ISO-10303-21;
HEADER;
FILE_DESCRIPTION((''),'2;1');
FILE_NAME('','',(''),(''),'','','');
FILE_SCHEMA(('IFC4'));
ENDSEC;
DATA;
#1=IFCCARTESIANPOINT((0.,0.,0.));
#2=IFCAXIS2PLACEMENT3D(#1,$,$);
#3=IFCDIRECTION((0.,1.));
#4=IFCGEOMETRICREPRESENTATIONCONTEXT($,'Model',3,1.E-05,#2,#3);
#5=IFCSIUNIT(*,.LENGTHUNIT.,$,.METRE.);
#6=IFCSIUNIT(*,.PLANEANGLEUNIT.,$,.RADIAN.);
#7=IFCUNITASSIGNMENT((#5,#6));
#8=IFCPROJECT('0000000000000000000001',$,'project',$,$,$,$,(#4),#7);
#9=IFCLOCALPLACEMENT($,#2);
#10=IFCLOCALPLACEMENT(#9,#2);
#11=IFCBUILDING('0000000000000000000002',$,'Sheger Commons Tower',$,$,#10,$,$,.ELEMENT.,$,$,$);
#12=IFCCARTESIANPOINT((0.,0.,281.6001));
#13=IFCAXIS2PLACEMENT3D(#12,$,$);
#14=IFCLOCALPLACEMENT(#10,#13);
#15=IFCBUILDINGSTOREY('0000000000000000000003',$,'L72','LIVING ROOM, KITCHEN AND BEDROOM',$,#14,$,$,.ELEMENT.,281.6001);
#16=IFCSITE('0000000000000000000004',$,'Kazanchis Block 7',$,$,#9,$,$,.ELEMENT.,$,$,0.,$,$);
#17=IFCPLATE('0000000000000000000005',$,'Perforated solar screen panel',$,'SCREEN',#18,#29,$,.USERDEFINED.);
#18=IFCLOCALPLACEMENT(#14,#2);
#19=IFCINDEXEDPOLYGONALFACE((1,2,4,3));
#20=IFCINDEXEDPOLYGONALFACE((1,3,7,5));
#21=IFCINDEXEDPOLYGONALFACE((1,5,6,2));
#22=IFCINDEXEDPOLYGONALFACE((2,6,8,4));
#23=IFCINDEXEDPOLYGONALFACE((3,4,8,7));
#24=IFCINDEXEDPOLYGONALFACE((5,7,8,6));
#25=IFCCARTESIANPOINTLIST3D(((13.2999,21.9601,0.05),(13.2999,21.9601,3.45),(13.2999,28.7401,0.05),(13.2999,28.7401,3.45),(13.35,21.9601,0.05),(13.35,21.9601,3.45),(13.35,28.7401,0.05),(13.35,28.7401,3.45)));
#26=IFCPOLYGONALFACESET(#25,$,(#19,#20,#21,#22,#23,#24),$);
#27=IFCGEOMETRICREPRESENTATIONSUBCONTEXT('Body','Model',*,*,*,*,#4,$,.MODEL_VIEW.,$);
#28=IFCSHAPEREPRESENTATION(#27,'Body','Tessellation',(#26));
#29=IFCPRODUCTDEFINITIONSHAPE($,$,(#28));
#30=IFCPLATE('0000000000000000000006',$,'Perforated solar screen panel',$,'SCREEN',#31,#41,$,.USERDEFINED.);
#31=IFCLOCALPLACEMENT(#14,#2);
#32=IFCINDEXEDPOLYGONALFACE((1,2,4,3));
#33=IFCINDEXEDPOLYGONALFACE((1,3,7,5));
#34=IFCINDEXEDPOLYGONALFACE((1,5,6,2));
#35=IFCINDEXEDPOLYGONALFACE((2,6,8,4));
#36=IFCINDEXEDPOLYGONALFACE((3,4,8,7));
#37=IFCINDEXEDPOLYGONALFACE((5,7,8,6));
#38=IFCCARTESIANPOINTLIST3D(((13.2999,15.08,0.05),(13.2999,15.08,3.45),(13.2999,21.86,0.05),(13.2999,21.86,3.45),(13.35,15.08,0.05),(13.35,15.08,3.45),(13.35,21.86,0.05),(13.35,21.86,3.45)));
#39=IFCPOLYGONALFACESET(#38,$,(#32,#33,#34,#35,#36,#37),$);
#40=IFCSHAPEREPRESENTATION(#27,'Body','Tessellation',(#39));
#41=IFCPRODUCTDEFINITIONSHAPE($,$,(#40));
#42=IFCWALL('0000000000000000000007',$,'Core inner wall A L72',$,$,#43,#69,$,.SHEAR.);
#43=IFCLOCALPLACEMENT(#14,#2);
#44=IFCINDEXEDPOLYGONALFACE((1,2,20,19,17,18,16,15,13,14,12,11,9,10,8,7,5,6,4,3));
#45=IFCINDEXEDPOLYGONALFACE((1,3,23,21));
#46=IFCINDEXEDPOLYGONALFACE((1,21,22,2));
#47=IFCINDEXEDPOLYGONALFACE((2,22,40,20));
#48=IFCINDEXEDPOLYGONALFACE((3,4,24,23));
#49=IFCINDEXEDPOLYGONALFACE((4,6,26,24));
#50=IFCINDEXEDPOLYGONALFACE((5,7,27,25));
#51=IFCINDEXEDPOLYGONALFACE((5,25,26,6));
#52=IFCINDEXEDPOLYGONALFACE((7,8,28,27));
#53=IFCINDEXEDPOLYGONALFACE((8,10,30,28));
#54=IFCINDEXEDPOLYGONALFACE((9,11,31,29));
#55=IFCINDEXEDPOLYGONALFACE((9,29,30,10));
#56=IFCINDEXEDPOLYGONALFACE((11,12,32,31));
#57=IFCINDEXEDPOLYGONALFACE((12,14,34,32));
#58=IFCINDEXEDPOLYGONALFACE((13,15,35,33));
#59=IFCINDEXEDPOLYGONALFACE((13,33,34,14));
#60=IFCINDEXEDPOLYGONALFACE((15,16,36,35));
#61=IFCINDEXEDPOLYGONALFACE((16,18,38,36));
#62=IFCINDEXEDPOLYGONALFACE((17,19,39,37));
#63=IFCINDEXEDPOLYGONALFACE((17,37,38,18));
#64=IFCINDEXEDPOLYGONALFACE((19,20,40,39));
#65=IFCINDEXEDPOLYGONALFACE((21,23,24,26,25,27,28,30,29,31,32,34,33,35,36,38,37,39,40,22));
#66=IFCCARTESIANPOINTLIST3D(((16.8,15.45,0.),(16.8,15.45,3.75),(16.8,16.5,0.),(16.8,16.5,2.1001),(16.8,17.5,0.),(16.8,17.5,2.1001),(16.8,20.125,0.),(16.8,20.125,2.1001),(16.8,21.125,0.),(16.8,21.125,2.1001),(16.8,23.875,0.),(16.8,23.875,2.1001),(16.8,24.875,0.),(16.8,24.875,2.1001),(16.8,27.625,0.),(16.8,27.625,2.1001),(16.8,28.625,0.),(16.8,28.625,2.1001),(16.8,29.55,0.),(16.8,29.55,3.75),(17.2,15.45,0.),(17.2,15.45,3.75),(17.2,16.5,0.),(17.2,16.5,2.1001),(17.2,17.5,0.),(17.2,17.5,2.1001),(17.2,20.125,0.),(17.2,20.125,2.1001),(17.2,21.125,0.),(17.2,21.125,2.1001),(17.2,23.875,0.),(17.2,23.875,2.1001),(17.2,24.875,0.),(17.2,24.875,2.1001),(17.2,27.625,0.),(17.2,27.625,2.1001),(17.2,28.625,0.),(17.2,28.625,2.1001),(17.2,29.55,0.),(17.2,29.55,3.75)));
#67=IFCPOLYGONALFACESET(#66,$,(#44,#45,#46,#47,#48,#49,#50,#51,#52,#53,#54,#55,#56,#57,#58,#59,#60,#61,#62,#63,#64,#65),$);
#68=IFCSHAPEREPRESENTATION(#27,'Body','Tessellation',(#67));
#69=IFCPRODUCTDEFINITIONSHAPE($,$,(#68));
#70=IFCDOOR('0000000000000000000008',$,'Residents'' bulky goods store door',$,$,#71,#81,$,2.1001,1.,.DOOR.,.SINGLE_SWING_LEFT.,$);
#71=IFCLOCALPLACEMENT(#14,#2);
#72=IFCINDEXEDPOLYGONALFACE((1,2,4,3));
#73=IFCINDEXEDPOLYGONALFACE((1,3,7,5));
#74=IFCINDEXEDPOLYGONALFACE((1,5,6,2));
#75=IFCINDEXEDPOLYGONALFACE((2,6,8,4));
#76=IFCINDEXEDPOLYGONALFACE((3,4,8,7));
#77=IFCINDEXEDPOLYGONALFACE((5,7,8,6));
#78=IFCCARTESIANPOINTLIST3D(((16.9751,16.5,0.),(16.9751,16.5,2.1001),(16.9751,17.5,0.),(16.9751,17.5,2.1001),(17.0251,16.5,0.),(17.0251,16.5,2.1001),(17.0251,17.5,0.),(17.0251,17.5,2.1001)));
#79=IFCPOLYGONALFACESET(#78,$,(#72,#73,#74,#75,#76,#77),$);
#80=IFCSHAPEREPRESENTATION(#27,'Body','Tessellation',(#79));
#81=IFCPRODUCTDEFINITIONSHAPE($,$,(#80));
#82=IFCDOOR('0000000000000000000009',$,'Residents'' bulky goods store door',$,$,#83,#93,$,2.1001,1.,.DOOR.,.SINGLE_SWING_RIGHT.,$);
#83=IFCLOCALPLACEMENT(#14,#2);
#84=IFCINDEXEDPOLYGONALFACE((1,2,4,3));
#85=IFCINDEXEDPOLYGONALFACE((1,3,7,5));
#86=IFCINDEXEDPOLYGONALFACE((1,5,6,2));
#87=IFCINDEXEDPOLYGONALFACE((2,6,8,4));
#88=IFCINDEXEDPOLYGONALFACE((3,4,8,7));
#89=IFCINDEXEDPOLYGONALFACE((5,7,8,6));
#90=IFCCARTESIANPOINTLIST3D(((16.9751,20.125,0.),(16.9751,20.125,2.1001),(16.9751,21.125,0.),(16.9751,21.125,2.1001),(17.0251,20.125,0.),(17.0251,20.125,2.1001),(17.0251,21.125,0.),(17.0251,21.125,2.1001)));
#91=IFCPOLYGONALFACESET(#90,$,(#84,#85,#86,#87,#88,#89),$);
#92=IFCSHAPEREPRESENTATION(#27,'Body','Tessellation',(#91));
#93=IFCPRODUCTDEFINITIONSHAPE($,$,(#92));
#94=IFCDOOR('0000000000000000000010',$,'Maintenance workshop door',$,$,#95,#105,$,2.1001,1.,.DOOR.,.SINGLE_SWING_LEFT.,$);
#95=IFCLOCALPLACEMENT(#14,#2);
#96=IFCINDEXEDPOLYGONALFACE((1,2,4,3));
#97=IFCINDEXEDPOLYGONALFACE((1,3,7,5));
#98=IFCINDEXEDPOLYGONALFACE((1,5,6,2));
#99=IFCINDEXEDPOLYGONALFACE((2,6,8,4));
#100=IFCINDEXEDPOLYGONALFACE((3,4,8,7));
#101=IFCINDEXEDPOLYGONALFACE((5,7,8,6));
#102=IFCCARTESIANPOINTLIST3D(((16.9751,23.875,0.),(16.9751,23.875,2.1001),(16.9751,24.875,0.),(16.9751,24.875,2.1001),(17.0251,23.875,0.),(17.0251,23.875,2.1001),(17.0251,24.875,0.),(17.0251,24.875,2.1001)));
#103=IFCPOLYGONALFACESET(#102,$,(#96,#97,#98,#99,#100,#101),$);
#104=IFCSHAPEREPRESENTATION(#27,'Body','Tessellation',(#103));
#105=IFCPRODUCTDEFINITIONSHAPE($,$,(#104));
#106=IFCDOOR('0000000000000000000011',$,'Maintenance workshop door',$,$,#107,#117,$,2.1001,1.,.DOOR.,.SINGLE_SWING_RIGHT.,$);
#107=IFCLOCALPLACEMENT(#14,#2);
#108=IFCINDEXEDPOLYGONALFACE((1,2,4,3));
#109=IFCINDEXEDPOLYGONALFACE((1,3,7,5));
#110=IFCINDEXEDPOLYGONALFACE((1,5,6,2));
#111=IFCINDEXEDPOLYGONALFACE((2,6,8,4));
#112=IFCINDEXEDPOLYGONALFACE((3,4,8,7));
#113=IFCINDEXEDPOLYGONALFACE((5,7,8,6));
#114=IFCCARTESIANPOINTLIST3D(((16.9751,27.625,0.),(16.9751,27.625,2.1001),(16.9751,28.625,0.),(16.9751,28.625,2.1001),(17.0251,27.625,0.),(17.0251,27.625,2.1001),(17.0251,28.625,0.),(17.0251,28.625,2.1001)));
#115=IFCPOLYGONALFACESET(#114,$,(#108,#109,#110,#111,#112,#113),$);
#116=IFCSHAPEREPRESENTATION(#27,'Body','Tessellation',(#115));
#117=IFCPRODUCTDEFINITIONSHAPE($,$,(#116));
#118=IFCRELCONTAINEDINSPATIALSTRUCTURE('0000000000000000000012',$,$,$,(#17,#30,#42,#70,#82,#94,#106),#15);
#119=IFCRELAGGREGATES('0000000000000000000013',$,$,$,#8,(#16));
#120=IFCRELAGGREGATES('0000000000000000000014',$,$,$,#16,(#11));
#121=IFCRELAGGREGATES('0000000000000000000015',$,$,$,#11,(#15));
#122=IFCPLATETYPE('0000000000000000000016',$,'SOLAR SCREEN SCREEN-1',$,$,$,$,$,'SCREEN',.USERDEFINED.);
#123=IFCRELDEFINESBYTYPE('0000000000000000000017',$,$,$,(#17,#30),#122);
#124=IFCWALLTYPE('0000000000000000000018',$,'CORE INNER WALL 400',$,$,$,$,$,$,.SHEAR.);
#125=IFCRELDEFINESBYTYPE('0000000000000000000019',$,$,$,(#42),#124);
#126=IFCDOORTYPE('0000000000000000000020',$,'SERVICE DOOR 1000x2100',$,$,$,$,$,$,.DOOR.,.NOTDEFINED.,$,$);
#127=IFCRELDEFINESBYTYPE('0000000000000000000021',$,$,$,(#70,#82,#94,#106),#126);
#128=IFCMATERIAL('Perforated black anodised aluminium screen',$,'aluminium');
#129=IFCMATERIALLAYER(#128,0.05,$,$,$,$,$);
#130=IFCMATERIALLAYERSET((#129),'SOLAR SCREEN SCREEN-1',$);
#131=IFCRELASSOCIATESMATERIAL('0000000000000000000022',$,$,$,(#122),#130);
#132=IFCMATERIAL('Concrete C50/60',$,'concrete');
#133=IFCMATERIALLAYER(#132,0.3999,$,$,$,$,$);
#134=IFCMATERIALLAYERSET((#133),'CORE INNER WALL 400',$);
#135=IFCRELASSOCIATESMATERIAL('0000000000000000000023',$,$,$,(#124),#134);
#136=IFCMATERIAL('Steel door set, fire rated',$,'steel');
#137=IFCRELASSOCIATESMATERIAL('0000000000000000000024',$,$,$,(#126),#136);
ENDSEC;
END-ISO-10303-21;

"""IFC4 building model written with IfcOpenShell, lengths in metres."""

from ifc_helpers import new_model, si_unit, direction, frame, frame_2d, origin, origin_2d, place, context, subcontext, project, spatial, rectangle, extrude, material, layer, layer_set, type_object, element, fill, save


model = new_model("IFC4")

# Units and contexts
model_context = context("Model", 3, precision=1e-05, world=origin(), true_north=direction((0.0, 1.0)))
body_context = subcontext(model_context, "Body", "Model", "MODEL_VIEW")
ifc_project = project(units=[si_unit("LENGTHUNIT", "METRE"), si_unit("PLANEANGLEUNIT", "RADIAN")], contexts=[model_context])

# Site, building, storey
site_placement = place(None, origin())
site = spatial("IfcSite", under=ifc_project, at=site_placement, Name="Kazanchis Block 7", CompositionType="ELEMENT", RefElevation=0.0)
building_placement = place(site_placement, origin())
building = spatial("IfcBuilding", under=site, at=building_placement, Name="Sheger Commons Tower", CompositionType="ELEMENT")
storey_placement = place(building_placement, frame((0.0, 0.0, 281.6001)))
storey = spatial("IfcBuildingStorey", under=building, at=storey_placement, Name="L72", Description="LIVING ROOM, KITCHEN AND BEDROOM", CompositionType="ELEMENT", Elevation=281.6001)

# Plates
ifc_material_1 = material(Name="Perforated black anodised aluminium screen", Category="aluminium")
ifc_layer_1 = layer(ifc_material_1, 0.05)
ifc_layer_set_1 = layer_set([ifc_layer_1], Name="SOLAR SCREEN SCREEN-1")
plate_type = type_object("IfcPlateType", Name="SOLAR SCREEN SCREEN-1", ElementType="SCREEN", PredefinedType="USERDEFINED", material=ifc_layer_set_1)
for number, where, z_axis, x_axis, name in (
    (1, (13.325, 25.3501, 0.05), (0.0, 0.0, 1.0), (0.0, -1.0, 0.0), "Perforated solar screen panel"),
    (2, (13.325, 18.47, 0.05), (0.0, 0.0, 1.0), (0.0, -1.0, 0.0), "Perforated solar screen panel"),
):
    element("IfcPlate", number, at=place(storey_placement, frame(where, z_axis=z_axis, x_axis=x_axis)), inside=storey, type_object=plate_type, Name=name, ObjectType="SCREEN", PredefinedType="USERDEFINED", context=body_context, shape_type="SweptSolid", body=[
        extrude(rectangle(XDim=6.78, YDim=0.05, at=origin_2d()), origin(), (0.0, 0.0, 1.0), 3.3999),
    ])

# Wall, openings, doors
ifc_material_2 = material(Name="Concrete C50/60", Category="concrete")
ifc_layer_2 = layer(ifc_material_2, 0.3999)
ifc_layer_set_2 = layer_set([ifc_layer_2], Name="CORE INNER WALL 400")
wall_type_1 = type_object("IfcWallType", Name="CORE INNER WALL 400", PredefinedType="SHEAR", material=ifc_layer_set_2)
wall_1_placement = place(storey_placement, frame((17.0, 15.45, 0.0), z_axis=(0.0, 0.0, 1.0), x_axis=(0.0, 1.0, 0.0)))
wall_1 = element("IfcWall", 3, at=wall_1_placement, inside=storey, type_object=wall_type_1, Name="Core inner wall A L72", PredefinedType="SHEAR", context=body_context, shape_type="SweptSolid", body=[
    extrude(rectangle(XDim=14.1001, YDim=0.3999, at=frame_2d((7.05, 0.0))), origin(), (0.0, 0.0, 1.0), 3.75),
])
opening_1_placement = place(wall_1_placement, frame((1.05, 0.0, 0.0)))
opening_1 = element("IfcOpeningElement", 4, at=opening_1_placement, cuts=wall_1, PredefinedType="OPENING", context=body_context, shape_type="SweptSolid", body=[
    extrude(rectangle(XDim=1.0, YDim=2.1001, at=frame_2d((0.5, 1.05))), frame((0.0, 0.21, 0.0), z_axis=(0.0, -1.0, 0.0), x_axis=(1.0, 0.0, 0.0)), (0.0, 0.0, 1.0), 0.4199),
])
opening_2_placement = place(wall_1_placement, frame((4.675, 0.0, 0.0)))
opening_2 = element("IfcOpeningElement", 5, at=opening_2_placement, cuts=wall_1, PredefinedType="OPENING", context=body_context, shape_type="SweptSolid", body=[
    extrude(rectangle(XDim=1.0, YDim=2.1001, at=frame_2d((0.5, 1.05))), frame((0.0, 0.21, 0.0), z_axis=(0.0, -1.0, 0.0), x_axis=(1.0, 0.0, 0.0)), (0.0, 0.0, 1.0), 0.4199),
])
opening_3_placement = place(wall_1_placement, frame((8.425, 0.0, 0.0)))
opening_3 = element("IfcOpeningElement", 6, at=opening_3_placement, cuts=wall_1, PredefinedType="OPENING", context=body_context, shape_type="SweptSolid", body=[
    extrude(rectangle(XDim=1.0, YDim=2.1001, at=frame_2d((0.5, 1.05))), frame((0.0, 0.21, 0.0), z_axis=(0.0, -1.0, 0.0), x_axis=(1.0, 0.0, 0.0)), (0.0, 0.0, 1.0), 0.4199),
])
opening_4_placement = place(wall_1_placement, frame((12.175, 0.0, 0.0)))
opening_4 = element("IfcOpeningElement", 7, at=opening_4_placement, cuts=wall_1, PredefinedType="OPENING", context=body_context, shape_type="SweptSolid", body=[
    extrude(rectangle(XDim=1.0, YDim=2.1001, at=frame_2d((0.5, 1.05))), frame((0.0, 0.21, 0.0), z_axis=(0.0, -1.0, 0.0), x_axis=(1.0, 0.0, 0.0)), (0.0, 0.0, 1.0), 0.4199),
])
ifc_material_3 = material(Name="Steel door set, fire rated", Category="steel")
door_type_1 = type_object("IfcDoorType", Name="SERVICE DOOR 1000x2100", OperationType="NOTDEFINED", PredefinedType="DOOR", material=ifc_material_3)
door_1_placement = place(opening_1_placement, origin())
door_1 = element("IfcDoor", 8, at=door_1_placement, inside=storey, type_object=door_type_1, Name="Residents' bulky goods store door", OperationType="SINGLE_SWING_LEFT", OverallHeight=2.1001, OverallWidth=1.0, PredefinedType="DOOR", context=body_context, shape_type="SweptSolid", body=[
    extrude(rectangle(XDim=1.0, YDim=2.1001, at=frame_2d((0.5, 1.05))), frame((0.0, 0.0249, 0.0), z_axis=(0.0, -1.0, 0.0), x_axis=(1.0, 0.0, 0.0)), (0.0, 0.0, 1.0), 0.05),
])
fill(opening_1, door_1)
door_2_placement = place(opening_2_placement, origin())
door_2 = element("IfcDoor", 9, at=door_2_placement, inside=storey, type_object=door_type_1, Name="Residents' bulky goods store door", OperationType="SINGLE_SWING_RIGHT", OverallHeight=2.1001, OverallWidth=1.0, PredefinedType="DOOR", context=body_context, shape_type="SweptSolid", body=[
    extrude(rectangle(XDim=1.0, YDim=2.1001, at=frame_2d((0.5, 1.05))), frame((0.0, 0.0249, 0.0), z_axis=(0.0, -1.0, 0.0), x_axis=(1.0, 0.0, 0.0)), (0.0, 0.0, 1.0), 0.05),
])
fill(opening_2, door_2)
door_3_placement = place(opening_3_placement, origin())
door_3 = element("IfcDoor", 10, at=door_3_placement, inside=storey, type_object=door_type_1, Name="Maintenance workshop door", OperationType="SINGLE_SWING_LEFT", OverallHeight=2.1001, OverallWidth=1.0, PredefinedType="DOOR", context=body_context, shape_type="SweptSolid", body=[
    extrude(rectangle(XDim=1.0, YDim=2.1001, at=frame_2d((0.5, 1.05))), frame((0.0, 0.0249, 0.0), z_axis=(0.0, -1.0, 0.0), x_axis=(1.0, 0.0, 0.0)), (0.0, 0.0, 1.0), 0.05),
])
fill(opening_3, door_3)
door_4_placement = place(opening_4_placement, origin())
door_4 = element("IfcDoor", 11, at=door_4_placement, inside=storey, type_object=door_type_1, Name="Maintenance workshop door", OperationType="SINGLE_SWING_RIGHT", OverallHeight=2.1001, OverallWidth=1.0, PredefinedType="DOOR", context=body_context, shape_type="SweptSolid", body=[
    extrude(rectangle(XDim=1.0, YDim=2.1001, at=frame_2d((0.5, 1.05))), frame((0.0, 0.0249, 0.0), z_axis=(0.0, -1.0, 0.0), x_axis=(1.0, 0.0, 0.0)), (0.0, 0.0, 1.0), 0.05),
])
fill(opening_4, door_4)

save(model, "model.ifc")
